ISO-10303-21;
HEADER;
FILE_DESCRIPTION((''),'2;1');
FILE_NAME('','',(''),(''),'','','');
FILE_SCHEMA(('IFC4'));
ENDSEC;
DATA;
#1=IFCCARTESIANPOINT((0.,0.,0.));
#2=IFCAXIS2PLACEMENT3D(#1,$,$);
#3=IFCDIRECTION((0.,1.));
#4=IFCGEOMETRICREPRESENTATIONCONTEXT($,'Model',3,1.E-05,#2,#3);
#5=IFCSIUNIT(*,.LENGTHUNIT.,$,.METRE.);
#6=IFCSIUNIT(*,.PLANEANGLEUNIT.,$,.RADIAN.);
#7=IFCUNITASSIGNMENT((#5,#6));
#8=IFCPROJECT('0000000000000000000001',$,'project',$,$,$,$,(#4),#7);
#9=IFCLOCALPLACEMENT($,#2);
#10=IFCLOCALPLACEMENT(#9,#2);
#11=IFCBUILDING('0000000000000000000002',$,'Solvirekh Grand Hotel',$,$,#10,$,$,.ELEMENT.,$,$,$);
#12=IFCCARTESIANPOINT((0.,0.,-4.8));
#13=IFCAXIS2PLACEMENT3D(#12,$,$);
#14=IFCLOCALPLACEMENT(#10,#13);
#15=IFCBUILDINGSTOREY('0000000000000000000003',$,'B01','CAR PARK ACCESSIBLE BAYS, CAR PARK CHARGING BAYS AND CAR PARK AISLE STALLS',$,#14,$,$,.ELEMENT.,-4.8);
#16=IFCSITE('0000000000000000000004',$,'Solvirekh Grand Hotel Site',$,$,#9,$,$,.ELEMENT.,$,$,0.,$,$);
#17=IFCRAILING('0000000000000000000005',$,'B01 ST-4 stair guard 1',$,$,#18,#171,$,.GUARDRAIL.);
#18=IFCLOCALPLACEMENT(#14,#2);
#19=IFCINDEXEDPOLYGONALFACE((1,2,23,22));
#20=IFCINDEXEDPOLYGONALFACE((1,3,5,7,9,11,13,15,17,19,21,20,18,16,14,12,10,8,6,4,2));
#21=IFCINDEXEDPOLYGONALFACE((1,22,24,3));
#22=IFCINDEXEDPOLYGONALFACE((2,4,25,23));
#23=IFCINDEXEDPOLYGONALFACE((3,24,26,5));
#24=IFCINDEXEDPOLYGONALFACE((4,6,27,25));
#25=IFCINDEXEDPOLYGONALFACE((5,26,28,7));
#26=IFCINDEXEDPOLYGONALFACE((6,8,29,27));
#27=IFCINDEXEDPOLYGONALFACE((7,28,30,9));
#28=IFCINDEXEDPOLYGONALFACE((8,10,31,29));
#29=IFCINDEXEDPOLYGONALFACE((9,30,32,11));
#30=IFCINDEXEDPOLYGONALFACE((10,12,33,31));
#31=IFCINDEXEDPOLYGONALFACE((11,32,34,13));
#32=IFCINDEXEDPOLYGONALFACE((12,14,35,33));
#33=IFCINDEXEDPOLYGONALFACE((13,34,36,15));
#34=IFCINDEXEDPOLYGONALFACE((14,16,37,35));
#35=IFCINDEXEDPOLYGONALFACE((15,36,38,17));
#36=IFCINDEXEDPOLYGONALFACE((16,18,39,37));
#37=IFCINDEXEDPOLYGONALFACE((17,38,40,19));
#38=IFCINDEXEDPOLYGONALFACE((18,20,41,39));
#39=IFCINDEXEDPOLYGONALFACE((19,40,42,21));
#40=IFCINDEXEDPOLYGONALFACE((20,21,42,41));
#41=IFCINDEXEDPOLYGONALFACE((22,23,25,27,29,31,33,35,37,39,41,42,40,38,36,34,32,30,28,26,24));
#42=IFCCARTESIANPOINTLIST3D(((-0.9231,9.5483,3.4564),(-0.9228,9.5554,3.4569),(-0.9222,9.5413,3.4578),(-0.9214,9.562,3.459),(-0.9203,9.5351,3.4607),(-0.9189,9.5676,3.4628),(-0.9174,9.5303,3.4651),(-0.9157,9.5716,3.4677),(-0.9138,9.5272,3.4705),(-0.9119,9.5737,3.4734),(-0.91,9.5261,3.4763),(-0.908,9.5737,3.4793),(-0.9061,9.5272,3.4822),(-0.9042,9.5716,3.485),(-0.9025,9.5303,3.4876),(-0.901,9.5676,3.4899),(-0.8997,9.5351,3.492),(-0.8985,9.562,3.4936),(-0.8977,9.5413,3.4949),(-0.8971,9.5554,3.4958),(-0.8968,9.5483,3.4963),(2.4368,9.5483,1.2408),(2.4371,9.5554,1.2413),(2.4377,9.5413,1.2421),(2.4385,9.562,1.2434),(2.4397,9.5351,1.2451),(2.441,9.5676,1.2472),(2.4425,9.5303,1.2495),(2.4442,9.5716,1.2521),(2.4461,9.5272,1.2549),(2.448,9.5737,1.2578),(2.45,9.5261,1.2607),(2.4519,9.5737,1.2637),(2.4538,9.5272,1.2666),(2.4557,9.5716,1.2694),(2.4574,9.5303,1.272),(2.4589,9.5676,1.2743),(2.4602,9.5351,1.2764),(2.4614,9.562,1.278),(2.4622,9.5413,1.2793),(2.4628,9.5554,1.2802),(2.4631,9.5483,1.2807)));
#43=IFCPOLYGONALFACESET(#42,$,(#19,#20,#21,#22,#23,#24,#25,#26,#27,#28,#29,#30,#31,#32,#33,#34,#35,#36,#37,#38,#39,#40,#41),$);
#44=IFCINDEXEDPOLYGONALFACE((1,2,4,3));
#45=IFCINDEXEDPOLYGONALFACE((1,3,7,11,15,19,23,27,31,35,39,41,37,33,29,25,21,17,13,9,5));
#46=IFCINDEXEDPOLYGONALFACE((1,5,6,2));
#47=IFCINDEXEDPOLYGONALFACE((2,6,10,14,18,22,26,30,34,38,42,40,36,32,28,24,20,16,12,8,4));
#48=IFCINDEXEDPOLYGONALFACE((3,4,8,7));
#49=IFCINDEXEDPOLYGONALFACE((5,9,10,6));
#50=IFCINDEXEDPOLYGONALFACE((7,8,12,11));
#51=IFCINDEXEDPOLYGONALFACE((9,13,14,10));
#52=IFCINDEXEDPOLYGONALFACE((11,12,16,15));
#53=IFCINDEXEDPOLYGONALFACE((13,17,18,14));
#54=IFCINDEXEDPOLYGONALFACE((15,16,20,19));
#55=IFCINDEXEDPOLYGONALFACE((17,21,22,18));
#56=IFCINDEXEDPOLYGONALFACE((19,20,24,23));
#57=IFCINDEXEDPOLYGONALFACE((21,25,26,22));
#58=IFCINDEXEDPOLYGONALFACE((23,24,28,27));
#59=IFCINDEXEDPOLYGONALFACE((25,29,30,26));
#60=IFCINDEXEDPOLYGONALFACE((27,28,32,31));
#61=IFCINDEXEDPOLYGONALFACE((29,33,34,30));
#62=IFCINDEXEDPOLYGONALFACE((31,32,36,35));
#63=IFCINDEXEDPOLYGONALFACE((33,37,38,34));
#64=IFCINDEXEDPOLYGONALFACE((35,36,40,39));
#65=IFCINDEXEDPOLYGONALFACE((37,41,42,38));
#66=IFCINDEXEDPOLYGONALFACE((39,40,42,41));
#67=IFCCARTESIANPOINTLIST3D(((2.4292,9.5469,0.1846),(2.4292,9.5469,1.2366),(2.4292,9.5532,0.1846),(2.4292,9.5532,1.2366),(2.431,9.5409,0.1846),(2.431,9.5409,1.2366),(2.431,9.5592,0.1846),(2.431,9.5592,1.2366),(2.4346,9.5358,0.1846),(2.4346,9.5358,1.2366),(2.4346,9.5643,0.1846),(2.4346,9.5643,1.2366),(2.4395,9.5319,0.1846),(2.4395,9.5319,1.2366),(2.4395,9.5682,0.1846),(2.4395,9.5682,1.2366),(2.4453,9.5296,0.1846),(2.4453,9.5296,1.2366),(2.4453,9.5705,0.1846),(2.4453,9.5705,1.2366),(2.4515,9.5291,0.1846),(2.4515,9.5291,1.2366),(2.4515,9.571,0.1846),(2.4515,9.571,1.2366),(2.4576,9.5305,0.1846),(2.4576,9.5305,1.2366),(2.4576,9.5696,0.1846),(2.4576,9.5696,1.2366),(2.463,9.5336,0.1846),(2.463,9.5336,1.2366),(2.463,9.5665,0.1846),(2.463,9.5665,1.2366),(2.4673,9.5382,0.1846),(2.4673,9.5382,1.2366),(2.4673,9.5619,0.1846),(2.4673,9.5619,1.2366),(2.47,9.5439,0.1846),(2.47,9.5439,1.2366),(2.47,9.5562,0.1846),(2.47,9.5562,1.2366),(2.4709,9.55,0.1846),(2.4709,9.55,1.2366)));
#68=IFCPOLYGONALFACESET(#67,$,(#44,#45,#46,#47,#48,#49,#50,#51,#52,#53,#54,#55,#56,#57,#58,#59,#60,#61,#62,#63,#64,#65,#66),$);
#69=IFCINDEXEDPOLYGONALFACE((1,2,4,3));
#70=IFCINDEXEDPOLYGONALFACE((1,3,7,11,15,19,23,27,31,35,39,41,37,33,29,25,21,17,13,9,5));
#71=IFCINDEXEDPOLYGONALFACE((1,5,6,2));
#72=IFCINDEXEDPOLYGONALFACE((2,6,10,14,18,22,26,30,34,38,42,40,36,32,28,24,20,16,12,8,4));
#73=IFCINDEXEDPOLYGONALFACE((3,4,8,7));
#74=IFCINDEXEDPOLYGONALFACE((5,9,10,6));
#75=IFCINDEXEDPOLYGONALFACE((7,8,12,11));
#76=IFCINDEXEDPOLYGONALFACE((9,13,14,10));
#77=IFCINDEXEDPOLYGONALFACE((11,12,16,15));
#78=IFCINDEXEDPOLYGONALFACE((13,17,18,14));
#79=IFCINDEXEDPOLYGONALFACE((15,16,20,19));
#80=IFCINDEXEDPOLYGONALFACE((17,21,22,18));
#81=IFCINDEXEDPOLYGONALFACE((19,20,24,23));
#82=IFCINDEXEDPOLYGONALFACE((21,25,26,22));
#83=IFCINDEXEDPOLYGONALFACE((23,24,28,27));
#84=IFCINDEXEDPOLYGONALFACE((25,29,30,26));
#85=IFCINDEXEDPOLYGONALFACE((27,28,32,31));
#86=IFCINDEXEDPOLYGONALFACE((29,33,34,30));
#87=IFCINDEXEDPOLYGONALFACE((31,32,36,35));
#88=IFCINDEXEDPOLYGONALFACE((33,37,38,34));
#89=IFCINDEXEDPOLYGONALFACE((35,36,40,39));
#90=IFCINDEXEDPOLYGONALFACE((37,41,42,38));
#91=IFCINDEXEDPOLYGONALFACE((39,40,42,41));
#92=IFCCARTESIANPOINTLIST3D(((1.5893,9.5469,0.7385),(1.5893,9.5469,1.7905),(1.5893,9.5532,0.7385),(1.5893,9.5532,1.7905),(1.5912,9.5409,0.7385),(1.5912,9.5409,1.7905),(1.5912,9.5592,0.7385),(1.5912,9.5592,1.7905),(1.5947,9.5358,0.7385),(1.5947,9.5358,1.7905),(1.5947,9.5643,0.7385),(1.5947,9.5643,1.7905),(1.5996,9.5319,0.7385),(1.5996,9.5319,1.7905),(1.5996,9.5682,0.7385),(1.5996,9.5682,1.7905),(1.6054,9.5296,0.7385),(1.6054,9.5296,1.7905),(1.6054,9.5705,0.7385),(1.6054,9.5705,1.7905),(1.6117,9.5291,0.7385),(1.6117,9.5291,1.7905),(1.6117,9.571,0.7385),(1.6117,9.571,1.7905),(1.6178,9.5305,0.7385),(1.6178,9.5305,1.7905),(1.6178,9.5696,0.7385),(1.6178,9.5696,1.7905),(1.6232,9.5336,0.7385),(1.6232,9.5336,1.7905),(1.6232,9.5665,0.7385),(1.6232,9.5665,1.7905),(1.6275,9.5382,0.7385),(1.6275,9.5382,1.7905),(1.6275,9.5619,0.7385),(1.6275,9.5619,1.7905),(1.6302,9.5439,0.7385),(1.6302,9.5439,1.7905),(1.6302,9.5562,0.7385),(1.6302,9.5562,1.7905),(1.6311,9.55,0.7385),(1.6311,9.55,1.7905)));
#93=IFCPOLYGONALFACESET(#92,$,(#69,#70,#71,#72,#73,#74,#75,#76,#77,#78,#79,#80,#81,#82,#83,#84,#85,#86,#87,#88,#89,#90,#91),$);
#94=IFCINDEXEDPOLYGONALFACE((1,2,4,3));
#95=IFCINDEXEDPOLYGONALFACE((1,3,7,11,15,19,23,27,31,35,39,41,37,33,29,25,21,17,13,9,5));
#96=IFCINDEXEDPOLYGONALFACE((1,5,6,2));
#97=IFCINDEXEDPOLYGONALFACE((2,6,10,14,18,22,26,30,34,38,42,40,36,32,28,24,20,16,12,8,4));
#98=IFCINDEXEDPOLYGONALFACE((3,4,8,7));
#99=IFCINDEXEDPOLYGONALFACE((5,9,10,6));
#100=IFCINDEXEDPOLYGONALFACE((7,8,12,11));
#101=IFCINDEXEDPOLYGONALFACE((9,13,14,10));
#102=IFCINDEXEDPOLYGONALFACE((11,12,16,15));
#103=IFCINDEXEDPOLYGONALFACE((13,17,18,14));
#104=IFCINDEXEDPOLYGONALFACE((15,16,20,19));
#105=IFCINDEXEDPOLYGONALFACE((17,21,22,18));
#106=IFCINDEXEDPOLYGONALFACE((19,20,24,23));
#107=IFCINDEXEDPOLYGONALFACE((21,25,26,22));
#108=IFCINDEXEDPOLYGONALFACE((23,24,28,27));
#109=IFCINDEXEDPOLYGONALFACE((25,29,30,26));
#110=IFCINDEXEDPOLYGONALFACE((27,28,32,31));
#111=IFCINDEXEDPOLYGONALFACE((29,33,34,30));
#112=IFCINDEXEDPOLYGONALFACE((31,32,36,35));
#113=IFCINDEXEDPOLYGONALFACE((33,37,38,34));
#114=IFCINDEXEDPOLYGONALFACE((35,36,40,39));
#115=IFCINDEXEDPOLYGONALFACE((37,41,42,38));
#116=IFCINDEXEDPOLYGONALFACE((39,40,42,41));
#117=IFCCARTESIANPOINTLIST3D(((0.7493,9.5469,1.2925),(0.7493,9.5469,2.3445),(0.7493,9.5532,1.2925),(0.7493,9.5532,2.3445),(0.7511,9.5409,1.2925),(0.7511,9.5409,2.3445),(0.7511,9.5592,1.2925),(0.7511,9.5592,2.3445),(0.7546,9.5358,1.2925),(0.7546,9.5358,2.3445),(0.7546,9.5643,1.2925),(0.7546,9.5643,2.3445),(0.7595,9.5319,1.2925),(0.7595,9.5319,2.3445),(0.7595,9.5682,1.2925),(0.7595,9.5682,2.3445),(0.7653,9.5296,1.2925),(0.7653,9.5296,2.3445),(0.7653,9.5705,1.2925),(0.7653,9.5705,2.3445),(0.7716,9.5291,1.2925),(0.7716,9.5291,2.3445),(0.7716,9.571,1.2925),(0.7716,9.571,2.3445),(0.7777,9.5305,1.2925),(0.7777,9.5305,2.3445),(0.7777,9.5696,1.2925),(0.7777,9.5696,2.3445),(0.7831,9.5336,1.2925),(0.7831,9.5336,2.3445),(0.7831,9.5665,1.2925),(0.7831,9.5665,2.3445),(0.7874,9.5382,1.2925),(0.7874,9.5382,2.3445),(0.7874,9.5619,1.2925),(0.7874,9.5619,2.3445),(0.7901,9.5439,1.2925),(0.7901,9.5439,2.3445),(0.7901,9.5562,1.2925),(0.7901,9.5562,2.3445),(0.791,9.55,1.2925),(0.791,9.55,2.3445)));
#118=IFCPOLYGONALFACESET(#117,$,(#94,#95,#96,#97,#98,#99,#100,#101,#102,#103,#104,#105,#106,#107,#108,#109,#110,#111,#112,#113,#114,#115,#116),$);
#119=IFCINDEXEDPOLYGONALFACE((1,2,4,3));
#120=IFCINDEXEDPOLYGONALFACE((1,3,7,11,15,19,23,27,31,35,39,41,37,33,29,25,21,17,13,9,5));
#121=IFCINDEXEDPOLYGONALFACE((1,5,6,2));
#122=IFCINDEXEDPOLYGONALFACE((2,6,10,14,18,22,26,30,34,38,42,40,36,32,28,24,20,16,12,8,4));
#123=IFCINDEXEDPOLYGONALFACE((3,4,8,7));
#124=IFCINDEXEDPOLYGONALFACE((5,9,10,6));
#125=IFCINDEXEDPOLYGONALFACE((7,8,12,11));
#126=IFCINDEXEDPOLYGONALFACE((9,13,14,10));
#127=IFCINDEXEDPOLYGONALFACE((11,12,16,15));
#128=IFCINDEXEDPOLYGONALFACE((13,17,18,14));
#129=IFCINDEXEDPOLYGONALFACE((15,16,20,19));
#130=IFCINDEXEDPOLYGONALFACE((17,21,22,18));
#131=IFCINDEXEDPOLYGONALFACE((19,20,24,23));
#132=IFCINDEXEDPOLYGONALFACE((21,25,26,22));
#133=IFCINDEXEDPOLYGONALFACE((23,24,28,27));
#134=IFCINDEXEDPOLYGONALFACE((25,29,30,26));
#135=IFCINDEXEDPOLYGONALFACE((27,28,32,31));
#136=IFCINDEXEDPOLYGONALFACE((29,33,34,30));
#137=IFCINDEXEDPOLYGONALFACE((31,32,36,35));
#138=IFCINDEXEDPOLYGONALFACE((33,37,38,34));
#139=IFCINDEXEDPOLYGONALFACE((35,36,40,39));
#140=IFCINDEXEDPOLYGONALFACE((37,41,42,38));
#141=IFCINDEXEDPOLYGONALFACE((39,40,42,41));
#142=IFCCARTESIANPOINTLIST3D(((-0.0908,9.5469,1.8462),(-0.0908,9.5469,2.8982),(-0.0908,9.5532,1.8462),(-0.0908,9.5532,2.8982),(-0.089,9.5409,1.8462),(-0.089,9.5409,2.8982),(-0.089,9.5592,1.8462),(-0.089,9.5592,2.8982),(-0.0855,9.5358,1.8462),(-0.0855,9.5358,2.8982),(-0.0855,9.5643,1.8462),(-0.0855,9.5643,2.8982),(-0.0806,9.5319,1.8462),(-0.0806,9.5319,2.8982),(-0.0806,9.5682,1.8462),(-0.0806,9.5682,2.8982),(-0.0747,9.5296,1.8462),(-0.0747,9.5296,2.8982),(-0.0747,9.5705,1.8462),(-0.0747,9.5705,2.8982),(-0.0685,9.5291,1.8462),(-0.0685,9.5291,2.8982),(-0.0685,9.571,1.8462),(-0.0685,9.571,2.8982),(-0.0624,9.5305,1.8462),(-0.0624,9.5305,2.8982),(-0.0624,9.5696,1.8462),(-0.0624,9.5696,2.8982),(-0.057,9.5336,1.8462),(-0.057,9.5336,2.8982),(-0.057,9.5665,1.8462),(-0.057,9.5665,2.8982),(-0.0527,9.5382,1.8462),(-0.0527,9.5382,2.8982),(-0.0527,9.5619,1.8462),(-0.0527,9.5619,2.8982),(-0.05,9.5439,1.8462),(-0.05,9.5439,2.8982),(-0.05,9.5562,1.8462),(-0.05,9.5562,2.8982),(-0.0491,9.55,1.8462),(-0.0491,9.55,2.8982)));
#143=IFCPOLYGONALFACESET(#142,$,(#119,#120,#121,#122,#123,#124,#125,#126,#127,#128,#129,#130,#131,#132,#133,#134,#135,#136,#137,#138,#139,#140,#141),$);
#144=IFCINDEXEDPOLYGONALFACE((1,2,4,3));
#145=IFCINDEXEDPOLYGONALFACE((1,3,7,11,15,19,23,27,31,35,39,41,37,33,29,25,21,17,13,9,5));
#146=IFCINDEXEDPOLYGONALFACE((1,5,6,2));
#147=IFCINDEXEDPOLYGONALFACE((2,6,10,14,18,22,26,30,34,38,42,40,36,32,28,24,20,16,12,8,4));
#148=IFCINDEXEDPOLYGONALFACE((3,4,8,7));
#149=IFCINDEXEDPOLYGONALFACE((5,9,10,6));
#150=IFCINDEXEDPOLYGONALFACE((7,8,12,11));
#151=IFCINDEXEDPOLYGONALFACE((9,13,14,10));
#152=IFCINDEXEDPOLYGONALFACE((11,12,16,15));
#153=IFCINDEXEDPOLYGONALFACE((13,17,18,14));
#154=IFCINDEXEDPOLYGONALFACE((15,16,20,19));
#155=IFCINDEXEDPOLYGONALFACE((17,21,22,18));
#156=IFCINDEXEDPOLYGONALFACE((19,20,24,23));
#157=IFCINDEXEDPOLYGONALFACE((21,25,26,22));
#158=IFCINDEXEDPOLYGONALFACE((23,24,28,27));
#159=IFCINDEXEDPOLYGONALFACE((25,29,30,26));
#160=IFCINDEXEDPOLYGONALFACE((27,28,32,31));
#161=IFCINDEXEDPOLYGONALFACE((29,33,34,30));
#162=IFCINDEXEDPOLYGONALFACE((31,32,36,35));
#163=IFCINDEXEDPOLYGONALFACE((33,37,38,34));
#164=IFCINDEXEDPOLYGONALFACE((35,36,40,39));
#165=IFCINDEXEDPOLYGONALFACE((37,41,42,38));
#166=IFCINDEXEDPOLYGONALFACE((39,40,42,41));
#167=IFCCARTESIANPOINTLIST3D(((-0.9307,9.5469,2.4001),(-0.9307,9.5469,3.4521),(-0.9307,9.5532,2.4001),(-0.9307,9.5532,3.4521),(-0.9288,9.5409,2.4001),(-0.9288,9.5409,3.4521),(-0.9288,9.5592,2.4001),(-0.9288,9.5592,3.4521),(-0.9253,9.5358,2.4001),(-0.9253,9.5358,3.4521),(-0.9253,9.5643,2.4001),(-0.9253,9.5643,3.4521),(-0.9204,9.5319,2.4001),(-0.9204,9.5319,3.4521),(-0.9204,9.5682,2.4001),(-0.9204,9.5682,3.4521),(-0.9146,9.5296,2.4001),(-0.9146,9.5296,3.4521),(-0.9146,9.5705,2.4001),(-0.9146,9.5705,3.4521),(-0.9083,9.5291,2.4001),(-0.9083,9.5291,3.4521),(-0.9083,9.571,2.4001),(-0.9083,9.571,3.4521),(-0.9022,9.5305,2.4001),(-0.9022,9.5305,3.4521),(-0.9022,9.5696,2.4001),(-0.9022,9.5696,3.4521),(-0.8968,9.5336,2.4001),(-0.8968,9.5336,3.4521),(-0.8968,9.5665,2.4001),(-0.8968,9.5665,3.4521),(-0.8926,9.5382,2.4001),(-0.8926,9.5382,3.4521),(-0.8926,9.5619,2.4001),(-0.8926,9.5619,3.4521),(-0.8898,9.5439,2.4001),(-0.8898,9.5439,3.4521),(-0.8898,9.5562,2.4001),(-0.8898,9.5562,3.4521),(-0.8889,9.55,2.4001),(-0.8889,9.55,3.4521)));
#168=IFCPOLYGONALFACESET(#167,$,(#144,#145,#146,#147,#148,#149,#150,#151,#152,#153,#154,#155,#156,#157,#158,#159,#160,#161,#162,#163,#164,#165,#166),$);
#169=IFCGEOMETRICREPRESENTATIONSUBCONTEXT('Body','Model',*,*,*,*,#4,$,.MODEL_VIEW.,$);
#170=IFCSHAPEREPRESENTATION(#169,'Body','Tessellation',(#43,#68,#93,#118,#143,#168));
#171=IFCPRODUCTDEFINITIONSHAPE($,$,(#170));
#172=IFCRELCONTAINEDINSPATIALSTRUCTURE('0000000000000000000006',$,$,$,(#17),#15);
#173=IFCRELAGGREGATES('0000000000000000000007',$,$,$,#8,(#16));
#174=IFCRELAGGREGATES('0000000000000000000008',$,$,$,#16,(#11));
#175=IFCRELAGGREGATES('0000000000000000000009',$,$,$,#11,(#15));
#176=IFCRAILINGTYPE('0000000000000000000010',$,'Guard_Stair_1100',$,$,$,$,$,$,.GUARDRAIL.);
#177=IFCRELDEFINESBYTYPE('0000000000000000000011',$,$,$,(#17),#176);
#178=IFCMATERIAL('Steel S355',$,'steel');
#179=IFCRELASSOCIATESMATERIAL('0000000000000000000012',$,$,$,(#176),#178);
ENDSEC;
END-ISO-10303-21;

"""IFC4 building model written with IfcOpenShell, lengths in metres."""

from ifc_helpers import new_model, si_unit, direction, frame, origin, origin_2d, place, context, subcontext, project, spatial, circle, extrude, material, type_object, element, save


model = new_model("IFC4")

# Units and contexts
model_context = context("Model", 3, precision=1e-05, world=origin(), true_north=direction((0.0, 1.0)))
body_context = subcontext(model_context, "Body", "Model", "MODEL_VIEW")
ifc_project = project(units=[si_unit("LENGTHUNIT", "METRE"), si_unit("PLANEANGLEUNIT", "RADIAN")], contexts=[model_context])

# Site, building, storey
site_placement = place(None, origin())
site = spatial("IfcSite", under=ifc_project, at=site_placement, Name="Solvirekh Grand Hotel Site", CompositionType="ELEMENT", RefElevation=0.0)
building_placement = place(site_placement, origin())
building = spatial("IfcBuilding", under=site, at=building_placement, Name="Solvirekh Grand Hotel", CompositionType="ELEMENT")
storey_placement = place(building_placement, frame((0.0, 0.0, -4.8)))
storey = spatial("IfcBuildingStorey", under=building, at=storey_placement, Name="B01", Description="CAR PARK ACCESSIBLE BAYS, CAR PARK CHARGING BAYS AND CAR PARK AISLE STALLS", CompositionType="ELEMENT", Elevation=-4.8)

# Shared definitions
ifc_material_1 = material(Name="Steel S355", Category="steel")

# Railing
railing_type_1 = type_object("IfcRailingType", Name="Guard_Stair_1100", PredefinedType="GUARDRAIL", material=ifc_material_1)
railing_1_placement = place(storey_placement, frame((2.45, 9.55, 0.1846)))
element("IfcRailing", 1, at=railing_1_placement, inside=storey, type_object=railing_type_1, Name="B01 ST-4 stair guard 1", PredefinedType="GUARDRAIL", context=body_context, shape_type="SweptSolid", body=[
    extrude(circle(Radius=0.0239, at=origin_2d()), frame((0.0, 0.0, 1.0762), z_axis=(-0.83483, 0.0, 0.550508), x_axis=(0.0, -1.0, 0.0)), (0.0, 0.0, 1.0), 4.0247),
    extrude(circle(Radius=0.021, at=origin_2d()), origin(), (0.0, 0.0, 1.0), 1.052),
    extrude(circle(Radius=0.021, at=origin_2d()), frame((-0.8398, 0.0, 0.554)), (0.0, 0.0, 1.0), 1.052),
    extrude(circle(Radius=0.021, at=origin_2d()), frame((-1.6799, 0.0, 1.1079)), (0.0, 0.0, 1.0), 1.052),
    extrude(circle(Radius=0.021, at=origin_2d()), frame((-2.52, 0.0, 1.6616)), (0.0, 0.0, 1.0), 1.052),
    extrude(circle(Radius=0.021, at=origin_2d()), frame((-3.3599, 0.0, 2.2156)), (0.0, 0.0, 1.0), 1.052),
])

save(model, "model.ifc")
